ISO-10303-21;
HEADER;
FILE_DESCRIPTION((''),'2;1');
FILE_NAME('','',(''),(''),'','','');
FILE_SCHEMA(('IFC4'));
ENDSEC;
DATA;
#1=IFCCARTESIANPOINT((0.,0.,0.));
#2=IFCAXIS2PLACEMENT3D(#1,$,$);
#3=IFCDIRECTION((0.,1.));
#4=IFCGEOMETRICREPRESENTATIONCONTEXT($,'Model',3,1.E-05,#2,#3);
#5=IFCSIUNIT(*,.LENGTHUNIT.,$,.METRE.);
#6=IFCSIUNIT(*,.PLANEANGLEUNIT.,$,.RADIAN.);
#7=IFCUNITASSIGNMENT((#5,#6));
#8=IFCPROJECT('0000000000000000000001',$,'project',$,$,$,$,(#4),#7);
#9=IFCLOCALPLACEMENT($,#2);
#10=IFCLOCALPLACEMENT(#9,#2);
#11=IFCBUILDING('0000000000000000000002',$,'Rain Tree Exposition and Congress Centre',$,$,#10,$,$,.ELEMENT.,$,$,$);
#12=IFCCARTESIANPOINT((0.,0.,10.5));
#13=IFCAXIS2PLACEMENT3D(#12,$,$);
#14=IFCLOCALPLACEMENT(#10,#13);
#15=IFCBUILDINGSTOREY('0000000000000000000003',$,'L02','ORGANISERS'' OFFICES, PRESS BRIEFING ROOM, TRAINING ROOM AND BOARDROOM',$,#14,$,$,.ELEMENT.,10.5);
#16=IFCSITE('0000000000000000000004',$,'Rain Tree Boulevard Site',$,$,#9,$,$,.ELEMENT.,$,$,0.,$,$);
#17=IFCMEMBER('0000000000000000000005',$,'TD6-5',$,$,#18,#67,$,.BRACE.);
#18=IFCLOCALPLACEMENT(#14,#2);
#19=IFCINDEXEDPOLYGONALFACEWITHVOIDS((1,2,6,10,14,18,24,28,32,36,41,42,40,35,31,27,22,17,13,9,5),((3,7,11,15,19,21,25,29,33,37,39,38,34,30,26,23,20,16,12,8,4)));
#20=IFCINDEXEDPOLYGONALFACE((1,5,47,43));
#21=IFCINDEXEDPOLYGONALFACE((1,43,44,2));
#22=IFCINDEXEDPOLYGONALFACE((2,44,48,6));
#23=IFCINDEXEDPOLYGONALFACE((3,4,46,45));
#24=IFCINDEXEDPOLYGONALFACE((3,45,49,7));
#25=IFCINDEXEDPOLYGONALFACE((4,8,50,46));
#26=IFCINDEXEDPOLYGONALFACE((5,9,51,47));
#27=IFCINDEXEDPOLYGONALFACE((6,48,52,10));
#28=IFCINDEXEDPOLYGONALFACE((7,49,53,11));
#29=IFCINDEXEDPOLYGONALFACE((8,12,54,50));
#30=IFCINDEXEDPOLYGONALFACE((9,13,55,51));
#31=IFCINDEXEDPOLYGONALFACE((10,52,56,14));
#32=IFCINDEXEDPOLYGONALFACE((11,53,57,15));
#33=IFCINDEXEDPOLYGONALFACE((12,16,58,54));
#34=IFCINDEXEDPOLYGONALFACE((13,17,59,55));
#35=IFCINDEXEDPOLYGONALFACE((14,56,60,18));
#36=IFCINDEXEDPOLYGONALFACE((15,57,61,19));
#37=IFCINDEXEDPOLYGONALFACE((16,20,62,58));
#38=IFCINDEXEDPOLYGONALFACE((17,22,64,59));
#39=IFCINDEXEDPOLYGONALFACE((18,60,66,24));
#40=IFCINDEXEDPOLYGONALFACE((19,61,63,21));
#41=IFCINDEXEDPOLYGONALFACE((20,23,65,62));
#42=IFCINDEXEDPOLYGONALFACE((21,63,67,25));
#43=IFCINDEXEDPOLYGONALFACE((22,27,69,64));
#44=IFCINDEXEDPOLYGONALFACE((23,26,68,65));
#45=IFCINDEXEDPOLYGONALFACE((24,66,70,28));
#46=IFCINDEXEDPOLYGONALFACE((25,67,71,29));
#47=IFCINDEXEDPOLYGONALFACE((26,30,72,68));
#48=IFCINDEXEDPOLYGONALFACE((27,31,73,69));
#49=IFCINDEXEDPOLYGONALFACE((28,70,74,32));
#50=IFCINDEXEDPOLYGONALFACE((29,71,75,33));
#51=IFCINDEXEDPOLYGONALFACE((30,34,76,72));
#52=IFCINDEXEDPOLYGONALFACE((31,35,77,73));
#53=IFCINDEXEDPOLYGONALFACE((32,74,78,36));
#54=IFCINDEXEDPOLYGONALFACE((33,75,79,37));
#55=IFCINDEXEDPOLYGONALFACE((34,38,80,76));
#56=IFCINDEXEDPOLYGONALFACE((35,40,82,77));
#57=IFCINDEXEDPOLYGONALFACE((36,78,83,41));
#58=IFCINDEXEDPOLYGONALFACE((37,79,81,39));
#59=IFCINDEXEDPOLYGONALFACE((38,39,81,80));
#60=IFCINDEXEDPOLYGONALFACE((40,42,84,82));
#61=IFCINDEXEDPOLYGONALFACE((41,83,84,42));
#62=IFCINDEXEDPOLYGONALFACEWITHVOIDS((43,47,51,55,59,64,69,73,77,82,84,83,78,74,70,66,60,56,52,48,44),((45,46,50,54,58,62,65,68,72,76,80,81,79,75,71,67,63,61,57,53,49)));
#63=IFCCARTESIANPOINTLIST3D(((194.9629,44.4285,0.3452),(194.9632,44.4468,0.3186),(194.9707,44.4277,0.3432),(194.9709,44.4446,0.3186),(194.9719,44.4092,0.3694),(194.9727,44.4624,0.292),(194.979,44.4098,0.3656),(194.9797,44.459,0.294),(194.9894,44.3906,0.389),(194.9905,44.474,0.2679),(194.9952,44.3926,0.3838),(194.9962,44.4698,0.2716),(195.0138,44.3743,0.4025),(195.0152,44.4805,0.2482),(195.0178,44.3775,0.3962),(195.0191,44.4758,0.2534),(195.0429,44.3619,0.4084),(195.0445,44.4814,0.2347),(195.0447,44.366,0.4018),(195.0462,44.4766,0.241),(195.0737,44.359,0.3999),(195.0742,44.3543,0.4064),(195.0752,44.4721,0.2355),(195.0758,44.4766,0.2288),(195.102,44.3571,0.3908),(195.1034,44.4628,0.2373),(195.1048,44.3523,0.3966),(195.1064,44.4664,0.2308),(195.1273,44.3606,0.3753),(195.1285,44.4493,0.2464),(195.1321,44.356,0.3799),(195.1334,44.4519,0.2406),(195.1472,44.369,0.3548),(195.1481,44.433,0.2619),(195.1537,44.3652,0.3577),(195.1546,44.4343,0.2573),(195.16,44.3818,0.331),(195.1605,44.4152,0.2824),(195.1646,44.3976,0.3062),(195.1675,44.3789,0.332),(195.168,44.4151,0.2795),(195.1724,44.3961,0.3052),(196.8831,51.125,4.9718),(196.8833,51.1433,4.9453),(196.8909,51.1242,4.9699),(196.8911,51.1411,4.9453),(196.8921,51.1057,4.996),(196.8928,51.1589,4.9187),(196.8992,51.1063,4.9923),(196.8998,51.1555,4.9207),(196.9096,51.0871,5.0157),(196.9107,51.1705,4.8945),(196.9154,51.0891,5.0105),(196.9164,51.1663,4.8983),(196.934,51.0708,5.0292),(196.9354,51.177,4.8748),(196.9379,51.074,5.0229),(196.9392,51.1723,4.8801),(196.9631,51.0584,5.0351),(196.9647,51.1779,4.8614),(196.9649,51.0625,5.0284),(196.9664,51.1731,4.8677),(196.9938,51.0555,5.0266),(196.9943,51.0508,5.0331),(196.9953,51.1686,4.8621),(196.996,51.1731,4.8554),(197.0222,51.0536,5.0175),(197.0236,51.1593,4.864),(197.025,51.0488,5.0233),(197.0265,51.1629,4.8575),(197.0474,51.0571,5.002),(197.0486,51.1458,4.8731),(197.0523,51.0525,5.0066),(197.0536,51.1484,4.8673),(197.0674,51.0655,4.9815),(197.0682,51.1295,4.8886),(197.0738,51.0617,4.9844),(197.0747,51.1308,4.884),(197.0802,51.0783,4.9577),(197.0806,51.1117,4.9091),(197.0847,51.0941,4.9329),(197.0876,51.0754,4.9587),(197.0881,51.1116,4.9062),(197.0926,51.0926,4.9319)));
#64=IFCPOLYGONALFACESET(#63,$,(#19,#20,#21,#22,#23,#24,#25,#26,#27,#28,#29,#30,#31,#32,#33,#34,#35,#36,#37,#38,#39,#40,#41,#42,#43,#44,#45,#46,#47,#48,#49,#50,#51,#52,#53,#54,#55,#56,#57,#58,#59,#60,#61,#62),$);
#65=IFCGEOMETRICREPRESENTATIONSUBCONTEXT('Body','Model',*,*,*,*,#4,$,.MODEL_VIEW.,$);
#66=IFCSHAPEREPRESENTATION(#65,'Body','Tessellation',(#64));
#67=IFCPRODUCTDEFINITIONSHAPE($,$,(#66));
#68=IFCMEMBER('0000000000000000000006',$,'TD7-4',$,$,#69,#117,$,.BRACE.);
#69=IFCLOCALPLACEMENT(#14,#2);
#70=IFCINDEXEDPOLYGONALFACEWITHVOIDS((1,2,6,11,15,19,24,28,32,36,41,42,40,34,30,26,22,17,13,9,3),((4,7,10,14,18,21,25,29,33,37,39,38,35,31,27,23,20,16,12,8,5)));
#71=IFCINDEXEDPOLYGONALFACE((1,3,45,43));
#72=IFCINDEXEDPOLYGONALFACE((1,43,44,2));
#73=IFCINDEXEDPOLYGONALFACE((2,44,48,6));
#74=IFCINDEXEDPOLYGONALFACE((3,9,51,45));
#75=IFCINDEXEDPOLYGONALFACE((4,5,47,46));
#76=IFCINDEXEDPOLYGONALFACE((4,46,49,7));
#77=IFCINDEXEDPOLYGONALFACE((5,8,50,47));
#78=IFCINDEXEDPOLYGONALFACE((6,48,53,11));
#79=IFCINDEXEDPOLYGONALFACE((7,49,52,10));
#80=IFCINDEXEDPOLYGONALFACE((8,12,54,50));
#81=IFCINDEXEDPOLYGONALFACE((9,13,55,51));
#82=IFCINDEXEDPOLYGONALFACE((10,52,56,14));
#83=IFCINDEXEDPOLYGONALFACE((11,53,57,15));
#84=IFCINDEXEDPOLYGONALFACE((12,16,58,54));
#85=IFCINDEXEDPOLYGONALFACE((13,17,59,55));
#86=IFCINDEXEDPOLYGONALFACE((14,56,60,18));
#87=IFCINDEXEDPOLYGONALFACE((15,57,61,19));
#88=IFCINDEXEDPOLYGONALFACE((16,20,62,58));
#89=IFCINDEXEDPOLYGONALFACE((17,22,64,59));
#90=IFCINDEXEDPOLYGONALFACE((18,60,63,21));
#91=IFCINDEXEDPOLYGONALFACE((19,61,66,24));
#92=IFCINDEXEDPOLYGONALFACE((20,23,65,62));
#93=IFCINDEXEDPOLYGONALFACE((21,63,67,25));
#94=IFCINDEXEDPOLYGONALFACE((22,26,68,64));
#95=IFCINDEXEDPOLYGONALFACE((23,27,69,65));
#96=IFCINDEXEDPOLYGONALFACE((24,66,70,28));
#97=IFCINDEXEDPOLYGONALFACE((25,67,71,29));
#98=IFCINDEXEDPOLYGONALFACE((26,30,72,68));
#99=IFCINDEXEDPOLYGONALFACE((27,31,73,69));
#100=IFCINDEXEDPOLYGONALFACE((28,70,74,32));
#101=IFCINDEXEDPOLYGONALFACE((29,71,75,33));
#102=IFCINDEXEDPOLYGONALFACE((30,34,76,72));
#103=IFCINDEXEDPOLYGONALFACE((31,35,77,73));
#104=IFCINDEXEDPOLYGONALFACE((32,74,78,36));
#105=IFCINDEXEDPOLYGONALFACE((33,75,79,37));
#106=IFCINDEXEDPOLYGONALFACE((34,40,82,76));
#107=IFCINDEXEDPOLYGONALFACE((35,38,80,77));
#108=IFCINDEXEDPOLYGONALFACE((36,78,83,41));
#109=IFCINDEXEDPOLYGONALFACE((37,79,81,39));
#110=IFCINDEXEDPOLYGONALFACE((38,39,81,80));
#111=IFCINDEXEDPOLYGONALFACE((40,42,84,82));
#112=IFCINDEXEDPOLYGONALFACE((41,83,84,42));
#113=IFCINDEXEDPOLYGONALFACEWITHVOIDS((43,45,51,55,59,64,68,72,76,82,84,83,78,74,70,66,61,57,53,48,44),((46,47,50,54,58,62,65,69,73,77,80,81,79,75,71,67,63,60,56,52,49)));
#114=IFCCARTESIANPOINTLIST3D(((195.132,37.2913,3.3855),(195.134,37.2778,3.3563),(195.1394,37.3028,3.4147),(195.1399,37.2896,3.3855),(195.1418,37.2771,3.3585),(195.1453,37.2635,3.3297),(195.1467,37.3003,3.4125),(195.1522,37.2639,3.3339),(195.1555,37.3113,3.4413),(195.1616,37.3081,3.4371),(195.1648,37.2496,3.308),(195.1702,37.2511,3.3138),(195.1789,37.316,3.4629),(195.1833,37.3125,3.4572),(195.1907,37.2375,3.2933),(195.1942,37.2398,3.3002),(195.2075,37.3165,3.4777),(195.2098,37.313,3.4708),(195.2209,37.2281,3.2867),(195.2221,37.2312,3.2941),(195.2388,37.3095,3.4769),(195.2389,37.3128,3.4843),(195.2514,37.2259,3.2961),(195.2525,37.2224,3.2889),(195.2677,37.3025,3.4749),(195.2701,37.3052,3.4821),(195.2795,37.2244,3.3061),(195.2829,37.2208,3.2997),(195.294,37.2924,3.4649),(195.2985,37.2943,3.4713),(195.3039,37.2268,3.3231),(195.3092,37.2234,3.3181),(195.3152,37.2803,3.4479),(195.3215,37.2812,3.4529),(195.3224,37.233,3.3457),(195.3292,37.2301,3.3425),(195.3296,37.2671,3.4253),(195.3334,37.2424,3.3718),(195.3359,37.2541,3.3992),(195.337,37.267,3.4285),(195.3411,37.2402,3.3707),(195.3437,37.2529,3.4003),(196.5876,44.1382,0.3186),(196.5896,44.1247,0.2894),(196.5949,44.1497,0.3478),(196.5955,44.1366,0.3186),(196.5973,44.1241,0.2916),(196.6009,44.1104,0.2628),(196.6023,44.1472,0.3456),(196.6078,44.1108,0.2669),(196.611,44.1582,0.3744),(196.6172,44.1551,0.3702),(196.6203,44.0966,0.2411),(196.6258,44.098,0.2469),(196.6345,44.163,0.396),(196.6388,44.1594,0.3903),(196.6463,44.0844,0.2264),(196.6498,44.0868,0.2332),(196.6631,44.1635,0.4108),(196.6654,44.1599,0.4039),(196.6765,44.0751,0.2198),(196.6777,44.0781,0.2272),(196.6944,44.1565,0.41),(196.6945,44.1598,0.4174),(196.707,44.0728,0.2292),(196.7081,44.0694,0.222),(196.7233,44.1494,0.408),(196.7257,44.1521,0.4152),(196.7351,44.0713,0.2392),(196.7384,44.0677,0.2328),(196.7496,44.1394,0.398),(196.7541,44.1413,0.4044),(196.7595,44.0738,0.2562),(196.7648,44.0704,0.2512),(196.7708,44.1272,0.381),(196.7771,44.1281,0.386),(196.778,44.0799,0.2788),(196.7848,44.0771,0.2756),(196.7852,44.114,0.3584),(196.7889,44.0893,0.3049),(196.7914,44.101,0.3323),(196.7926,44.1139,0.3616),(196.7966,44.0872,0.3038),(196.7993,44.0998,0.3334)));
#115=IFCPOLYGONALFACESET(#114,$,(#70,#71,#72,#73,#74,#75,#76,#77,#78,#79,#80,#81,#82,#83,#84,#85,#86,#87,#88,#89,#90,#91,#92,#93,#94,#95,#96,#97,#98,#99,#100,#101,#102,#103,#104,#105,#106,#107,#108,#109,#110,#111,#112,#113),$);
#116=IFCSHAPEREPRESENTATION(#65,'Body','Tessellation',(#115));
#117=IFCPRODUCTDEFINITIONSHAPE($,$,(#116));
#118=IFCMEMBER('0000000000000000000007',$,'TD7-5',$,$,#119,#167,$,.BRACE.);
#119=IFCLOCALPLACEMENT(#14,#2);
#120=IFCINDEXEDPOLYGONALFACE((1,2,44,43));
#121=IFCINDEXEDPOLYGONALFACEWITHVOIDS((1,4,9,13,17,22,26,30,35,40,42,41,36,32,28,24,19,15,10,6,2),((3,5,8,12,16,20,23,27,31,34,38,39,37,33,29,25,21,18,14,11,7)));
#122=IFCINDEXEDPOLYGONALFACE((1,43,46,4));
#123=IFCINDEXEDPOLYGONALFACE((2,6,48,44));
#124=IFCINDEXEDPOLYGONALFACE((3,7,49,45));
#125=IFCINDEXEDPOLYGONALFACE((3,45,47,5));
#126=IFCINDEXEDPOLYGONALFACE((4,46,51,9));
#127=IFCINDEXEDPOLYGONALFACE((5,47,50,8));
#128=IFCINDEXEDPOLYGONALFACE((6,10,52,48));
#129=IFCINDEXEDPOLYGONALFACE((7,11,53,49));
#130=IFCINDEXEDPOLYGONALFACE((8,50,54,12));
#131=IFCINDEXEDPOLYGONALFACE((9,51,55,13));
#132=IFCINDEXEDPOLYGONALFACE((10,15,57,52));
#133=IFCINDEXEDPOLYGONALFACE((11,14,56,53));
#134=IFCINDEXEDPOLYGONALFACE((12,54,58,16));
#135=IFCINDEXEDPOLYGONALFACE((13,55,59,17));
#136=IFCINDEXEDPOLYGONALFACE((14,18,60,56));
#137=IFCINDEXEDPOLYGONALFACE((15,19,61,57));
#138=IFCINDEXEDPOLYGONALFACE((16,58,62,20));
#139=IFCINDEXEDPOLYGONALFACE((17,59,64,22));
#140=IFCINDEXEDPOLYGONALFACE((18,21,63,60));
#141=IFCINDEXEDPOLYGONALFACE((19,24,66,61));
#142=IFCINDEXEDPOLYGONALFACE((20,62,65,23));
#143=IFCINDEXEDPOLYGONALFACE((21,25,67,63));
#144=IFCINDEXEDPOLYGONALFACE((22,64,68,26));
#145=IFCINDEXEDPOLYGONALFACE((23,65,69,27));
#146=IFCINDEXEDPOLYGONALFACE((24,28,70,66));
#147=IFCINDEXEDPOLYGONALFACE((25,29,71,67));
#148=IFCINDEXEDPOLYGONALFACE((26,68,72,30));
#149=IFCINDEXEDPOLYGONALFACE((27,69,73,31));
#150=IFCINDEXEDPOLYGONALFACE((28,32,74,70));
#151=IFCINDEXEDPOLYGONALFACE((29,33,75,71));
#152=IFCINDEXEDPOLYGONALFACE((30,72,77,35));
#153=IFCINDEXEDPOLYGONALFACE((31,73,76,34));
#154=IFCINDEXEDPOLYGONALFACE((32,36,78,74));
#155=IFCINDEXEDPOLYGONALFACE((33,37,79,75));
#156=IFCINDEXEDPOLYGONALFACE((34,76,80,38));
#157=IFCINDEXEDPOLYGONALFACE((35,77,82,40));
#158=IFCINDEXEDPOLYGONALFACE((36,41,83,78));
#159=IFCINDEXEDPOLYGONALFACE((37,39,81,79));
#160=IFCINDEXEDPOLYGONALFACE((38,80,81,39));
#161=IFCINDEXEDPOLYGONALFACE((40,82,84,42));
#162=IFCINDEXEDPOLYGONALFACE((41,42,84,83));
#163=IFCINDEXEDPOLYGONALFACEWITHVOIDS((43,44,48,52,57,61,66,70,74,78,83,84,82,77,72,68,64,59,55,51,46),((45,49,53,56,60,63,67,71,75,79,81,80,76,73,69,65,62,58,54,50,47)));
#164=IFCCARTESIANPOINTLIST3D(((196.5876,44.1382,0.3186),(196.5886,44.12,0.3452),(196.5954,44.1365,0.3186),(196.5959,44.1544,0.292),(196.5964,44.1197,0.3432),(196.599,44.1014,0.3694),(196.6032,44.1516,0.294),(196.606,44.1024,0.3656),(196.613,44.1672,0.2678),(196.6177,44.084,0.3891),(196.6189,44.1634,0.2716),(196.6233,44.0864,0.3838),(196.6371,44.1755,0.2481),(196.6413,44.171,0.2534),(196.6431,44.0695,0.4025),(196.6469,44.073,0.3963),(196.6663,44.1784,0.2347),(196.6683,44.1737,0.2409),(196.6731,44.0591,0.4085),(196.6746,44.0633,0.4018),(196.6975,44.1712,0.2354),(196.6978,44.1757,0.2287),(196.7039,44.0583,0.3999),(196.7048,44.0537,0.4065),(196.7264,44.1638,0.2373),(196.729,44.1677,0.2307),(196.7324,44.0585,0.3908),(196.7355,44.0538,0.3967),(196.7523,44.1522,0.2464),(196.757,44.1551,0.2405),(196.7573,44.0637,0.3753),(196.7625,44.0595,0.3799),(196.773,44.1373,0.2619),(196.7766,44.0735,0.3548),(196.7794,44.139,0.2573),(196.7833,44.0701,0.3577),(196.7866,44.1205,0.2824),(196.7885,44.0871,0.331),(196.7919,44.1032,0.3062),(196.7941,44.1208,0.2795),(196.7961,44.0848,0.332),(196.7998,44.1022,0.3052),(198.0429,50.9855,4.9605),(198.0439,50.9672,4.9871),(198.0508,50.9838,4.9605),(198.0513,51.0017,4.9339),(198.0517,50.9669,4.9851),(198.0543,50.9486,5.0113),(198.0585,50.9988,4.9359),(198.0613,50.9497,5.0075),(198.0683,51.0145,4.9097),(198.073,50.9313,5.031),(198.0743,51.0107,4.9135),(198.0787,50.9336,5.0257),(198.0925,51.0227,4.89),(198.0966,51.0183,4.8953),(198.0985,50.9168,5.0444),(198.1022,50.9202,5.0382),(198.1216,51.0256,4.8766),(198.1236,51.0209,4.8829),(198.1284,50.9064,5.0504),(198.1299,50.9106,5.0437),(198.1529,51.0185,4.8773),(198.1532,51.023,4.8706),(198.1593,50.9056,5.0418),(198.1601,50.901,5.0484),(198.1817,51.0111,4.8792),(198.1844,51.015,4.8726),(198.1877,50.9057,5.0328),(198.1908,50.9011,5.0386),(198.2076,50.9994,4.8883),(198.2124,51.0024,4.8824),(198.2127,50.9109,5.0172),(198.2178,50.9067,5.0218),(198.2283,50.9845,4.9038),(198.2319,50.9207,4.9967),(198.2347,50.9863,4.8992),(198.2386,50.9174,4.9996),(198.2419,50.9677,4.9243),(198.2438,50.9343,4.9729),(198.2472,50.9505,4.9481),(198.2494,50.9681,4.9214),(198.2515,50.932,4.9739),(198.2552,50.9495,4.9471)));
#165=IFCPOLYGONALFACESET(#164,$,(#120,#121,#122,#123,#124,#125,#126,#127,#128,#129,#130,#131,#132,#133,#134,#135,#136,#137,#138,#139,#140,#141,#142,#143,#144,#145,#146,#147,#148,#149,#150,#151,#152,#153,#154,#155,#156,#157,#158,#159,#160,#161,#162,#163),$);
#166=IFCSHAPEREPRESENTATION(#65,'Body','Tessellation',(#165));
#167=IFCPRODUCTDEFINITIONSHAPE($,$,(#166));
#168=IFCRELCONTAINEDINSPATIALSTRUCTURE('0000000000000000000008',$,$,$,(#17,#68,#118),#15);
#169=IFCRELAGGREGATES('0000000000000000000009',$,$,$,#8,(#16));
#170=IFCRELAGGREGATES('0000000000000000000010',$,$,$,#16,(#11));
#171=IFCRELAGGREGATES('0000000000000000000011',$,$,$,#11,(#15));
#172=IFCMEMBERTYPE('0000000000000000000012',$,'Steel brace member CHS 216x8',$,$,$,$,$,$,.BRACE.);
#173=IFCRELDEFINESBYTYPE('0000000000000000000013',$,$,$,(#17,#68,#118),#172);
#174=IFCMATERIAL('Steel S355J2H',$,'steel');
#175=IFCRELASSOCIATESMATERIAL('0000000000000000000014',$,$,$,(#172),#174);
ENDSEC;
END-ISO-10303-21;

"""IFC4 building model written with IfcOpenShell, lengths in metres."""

from ifc_helpers import new_model, si_unit, direction, frame, origin, origin_2d, place, context, subcontext, project, spatial, hollow_circle, extrude, material, material_profile, profile_set, type_object, element, save


model = new_model("IFC4")

# Units and contexts
model_context = context("Model", 3, precision=1e-05, world=origin(), true_north=direction((0.0, 1.0)))
body_context = subcontext(model_context, "Body", "Model", "MODEL_VIEW")
ifc_project = project(units=[si_unit("LENGTHUNIT", "METRE"), si_unit("PLANEANGLEUNIT", "RADIAN")], contexts=[model_context])

# Site, building, storey
site_placement = place(None, origin())
site = spatial("IfcSite", under=ifc_project, at=site_placement, Name="Rain Tree Boulevard Site", CompositionType="ELEMENT", RefElevation=0.0)
building_placement = place(site_placement, origin())
building = spatial("IfcBuilding", under=site, at=building_placement, Name="Rain Tree Exposition and Congress Centre", CompositionType="ELEMENT")
storey_placement = place(building_placement, frame((0.0, 0.0, 10.5)))
storey = spatial("IfcBuildingStorey", under=building, at=storey_placement, Name="L02", Description="ORGANISERS' OFFICES, PRESS BRIEFING ROOM, TRAINING ROOM AND BOARDROOM", CompositionType="ELEMENT", Elevation=10.5)

# Members
ifc_material_1 = material(Name="Steel S355J2H", Category="steel")
ifc_material_profile_1 = material_profile(ifc_material_1, hollow_circle(Radius=0.1082, WallThickness=0.0081, at=origin_2d()), Name="CHS 216x8")
ifc_profile_set_1 = profile_set([ifc_material_profile_1], Name="Steel S355J2H")
member_type_1 = type_object("IfcMemberType", Name="Steel brace member CHS 216x8", PredefinedType="BRACE", material=ifc_profile_set_1)
member_1_placement = place(storey_placement, frame((195.0671, 44.417, 0.3186), z_axis=(0.229607, 0.800749, 0.553246), x_axis=(-0.961263, 0.275633, 0.0)))
element("IfcMember", 1, at=member_1_placement, inside=storey, type_object=member_type_1, Name="TD6-5", PredefinedType="BRACE", context=body_context, shape_type="SweptSolid", body=[
    extrude(hollow_circle(Radius=0.1082, WallThickness=0.0081, at=origin_2d()), origin(), (0.0, 0.0, 1.0), 8.3628),
])
member_2_placement = place(storey_placement, frame((195.2378, 37.2688, 3.3855), z_axis=(0.190462, 0.895923, -0.401305), x_axis=(-0.978142, 0.20794, 0.0)))
element("IfcMember", 2, at=member_2_placement, inside=storey, type_object=member_type_1, Name="TD7-4", PredefinedType="BRACE", context=body_context, shape_type="SweptSolid", body=[
    extrude(hollow_circle(Radius=0.1082, WallThickness=0.0081, at=origin_2d()), origin(), (0.0, 0.0, 1.0), 7.6423),
])
member_3_placement = place(storey_placement, frame((196.6934, 44.1157, 0.3186), z_axis=(0.173267, 0.815206, 0.552646), x_axis=(-0.97815, 0.2079, 0.0)))
element("IfcMember", 3, at=member_3_placement, inside=storey, type_object=member_type_1, Name="TD7-5", PredefinedType="BRACE", context=body_context, shape_type="SweptSolid", body=[
    extrude(hollow_circle(Radius=0.1082, WallThickness=0.0081, at=origin_2d()), origin(), (0.0, 0.0, 1.0), 8.3994),
])

save(model, "model.ifc")
